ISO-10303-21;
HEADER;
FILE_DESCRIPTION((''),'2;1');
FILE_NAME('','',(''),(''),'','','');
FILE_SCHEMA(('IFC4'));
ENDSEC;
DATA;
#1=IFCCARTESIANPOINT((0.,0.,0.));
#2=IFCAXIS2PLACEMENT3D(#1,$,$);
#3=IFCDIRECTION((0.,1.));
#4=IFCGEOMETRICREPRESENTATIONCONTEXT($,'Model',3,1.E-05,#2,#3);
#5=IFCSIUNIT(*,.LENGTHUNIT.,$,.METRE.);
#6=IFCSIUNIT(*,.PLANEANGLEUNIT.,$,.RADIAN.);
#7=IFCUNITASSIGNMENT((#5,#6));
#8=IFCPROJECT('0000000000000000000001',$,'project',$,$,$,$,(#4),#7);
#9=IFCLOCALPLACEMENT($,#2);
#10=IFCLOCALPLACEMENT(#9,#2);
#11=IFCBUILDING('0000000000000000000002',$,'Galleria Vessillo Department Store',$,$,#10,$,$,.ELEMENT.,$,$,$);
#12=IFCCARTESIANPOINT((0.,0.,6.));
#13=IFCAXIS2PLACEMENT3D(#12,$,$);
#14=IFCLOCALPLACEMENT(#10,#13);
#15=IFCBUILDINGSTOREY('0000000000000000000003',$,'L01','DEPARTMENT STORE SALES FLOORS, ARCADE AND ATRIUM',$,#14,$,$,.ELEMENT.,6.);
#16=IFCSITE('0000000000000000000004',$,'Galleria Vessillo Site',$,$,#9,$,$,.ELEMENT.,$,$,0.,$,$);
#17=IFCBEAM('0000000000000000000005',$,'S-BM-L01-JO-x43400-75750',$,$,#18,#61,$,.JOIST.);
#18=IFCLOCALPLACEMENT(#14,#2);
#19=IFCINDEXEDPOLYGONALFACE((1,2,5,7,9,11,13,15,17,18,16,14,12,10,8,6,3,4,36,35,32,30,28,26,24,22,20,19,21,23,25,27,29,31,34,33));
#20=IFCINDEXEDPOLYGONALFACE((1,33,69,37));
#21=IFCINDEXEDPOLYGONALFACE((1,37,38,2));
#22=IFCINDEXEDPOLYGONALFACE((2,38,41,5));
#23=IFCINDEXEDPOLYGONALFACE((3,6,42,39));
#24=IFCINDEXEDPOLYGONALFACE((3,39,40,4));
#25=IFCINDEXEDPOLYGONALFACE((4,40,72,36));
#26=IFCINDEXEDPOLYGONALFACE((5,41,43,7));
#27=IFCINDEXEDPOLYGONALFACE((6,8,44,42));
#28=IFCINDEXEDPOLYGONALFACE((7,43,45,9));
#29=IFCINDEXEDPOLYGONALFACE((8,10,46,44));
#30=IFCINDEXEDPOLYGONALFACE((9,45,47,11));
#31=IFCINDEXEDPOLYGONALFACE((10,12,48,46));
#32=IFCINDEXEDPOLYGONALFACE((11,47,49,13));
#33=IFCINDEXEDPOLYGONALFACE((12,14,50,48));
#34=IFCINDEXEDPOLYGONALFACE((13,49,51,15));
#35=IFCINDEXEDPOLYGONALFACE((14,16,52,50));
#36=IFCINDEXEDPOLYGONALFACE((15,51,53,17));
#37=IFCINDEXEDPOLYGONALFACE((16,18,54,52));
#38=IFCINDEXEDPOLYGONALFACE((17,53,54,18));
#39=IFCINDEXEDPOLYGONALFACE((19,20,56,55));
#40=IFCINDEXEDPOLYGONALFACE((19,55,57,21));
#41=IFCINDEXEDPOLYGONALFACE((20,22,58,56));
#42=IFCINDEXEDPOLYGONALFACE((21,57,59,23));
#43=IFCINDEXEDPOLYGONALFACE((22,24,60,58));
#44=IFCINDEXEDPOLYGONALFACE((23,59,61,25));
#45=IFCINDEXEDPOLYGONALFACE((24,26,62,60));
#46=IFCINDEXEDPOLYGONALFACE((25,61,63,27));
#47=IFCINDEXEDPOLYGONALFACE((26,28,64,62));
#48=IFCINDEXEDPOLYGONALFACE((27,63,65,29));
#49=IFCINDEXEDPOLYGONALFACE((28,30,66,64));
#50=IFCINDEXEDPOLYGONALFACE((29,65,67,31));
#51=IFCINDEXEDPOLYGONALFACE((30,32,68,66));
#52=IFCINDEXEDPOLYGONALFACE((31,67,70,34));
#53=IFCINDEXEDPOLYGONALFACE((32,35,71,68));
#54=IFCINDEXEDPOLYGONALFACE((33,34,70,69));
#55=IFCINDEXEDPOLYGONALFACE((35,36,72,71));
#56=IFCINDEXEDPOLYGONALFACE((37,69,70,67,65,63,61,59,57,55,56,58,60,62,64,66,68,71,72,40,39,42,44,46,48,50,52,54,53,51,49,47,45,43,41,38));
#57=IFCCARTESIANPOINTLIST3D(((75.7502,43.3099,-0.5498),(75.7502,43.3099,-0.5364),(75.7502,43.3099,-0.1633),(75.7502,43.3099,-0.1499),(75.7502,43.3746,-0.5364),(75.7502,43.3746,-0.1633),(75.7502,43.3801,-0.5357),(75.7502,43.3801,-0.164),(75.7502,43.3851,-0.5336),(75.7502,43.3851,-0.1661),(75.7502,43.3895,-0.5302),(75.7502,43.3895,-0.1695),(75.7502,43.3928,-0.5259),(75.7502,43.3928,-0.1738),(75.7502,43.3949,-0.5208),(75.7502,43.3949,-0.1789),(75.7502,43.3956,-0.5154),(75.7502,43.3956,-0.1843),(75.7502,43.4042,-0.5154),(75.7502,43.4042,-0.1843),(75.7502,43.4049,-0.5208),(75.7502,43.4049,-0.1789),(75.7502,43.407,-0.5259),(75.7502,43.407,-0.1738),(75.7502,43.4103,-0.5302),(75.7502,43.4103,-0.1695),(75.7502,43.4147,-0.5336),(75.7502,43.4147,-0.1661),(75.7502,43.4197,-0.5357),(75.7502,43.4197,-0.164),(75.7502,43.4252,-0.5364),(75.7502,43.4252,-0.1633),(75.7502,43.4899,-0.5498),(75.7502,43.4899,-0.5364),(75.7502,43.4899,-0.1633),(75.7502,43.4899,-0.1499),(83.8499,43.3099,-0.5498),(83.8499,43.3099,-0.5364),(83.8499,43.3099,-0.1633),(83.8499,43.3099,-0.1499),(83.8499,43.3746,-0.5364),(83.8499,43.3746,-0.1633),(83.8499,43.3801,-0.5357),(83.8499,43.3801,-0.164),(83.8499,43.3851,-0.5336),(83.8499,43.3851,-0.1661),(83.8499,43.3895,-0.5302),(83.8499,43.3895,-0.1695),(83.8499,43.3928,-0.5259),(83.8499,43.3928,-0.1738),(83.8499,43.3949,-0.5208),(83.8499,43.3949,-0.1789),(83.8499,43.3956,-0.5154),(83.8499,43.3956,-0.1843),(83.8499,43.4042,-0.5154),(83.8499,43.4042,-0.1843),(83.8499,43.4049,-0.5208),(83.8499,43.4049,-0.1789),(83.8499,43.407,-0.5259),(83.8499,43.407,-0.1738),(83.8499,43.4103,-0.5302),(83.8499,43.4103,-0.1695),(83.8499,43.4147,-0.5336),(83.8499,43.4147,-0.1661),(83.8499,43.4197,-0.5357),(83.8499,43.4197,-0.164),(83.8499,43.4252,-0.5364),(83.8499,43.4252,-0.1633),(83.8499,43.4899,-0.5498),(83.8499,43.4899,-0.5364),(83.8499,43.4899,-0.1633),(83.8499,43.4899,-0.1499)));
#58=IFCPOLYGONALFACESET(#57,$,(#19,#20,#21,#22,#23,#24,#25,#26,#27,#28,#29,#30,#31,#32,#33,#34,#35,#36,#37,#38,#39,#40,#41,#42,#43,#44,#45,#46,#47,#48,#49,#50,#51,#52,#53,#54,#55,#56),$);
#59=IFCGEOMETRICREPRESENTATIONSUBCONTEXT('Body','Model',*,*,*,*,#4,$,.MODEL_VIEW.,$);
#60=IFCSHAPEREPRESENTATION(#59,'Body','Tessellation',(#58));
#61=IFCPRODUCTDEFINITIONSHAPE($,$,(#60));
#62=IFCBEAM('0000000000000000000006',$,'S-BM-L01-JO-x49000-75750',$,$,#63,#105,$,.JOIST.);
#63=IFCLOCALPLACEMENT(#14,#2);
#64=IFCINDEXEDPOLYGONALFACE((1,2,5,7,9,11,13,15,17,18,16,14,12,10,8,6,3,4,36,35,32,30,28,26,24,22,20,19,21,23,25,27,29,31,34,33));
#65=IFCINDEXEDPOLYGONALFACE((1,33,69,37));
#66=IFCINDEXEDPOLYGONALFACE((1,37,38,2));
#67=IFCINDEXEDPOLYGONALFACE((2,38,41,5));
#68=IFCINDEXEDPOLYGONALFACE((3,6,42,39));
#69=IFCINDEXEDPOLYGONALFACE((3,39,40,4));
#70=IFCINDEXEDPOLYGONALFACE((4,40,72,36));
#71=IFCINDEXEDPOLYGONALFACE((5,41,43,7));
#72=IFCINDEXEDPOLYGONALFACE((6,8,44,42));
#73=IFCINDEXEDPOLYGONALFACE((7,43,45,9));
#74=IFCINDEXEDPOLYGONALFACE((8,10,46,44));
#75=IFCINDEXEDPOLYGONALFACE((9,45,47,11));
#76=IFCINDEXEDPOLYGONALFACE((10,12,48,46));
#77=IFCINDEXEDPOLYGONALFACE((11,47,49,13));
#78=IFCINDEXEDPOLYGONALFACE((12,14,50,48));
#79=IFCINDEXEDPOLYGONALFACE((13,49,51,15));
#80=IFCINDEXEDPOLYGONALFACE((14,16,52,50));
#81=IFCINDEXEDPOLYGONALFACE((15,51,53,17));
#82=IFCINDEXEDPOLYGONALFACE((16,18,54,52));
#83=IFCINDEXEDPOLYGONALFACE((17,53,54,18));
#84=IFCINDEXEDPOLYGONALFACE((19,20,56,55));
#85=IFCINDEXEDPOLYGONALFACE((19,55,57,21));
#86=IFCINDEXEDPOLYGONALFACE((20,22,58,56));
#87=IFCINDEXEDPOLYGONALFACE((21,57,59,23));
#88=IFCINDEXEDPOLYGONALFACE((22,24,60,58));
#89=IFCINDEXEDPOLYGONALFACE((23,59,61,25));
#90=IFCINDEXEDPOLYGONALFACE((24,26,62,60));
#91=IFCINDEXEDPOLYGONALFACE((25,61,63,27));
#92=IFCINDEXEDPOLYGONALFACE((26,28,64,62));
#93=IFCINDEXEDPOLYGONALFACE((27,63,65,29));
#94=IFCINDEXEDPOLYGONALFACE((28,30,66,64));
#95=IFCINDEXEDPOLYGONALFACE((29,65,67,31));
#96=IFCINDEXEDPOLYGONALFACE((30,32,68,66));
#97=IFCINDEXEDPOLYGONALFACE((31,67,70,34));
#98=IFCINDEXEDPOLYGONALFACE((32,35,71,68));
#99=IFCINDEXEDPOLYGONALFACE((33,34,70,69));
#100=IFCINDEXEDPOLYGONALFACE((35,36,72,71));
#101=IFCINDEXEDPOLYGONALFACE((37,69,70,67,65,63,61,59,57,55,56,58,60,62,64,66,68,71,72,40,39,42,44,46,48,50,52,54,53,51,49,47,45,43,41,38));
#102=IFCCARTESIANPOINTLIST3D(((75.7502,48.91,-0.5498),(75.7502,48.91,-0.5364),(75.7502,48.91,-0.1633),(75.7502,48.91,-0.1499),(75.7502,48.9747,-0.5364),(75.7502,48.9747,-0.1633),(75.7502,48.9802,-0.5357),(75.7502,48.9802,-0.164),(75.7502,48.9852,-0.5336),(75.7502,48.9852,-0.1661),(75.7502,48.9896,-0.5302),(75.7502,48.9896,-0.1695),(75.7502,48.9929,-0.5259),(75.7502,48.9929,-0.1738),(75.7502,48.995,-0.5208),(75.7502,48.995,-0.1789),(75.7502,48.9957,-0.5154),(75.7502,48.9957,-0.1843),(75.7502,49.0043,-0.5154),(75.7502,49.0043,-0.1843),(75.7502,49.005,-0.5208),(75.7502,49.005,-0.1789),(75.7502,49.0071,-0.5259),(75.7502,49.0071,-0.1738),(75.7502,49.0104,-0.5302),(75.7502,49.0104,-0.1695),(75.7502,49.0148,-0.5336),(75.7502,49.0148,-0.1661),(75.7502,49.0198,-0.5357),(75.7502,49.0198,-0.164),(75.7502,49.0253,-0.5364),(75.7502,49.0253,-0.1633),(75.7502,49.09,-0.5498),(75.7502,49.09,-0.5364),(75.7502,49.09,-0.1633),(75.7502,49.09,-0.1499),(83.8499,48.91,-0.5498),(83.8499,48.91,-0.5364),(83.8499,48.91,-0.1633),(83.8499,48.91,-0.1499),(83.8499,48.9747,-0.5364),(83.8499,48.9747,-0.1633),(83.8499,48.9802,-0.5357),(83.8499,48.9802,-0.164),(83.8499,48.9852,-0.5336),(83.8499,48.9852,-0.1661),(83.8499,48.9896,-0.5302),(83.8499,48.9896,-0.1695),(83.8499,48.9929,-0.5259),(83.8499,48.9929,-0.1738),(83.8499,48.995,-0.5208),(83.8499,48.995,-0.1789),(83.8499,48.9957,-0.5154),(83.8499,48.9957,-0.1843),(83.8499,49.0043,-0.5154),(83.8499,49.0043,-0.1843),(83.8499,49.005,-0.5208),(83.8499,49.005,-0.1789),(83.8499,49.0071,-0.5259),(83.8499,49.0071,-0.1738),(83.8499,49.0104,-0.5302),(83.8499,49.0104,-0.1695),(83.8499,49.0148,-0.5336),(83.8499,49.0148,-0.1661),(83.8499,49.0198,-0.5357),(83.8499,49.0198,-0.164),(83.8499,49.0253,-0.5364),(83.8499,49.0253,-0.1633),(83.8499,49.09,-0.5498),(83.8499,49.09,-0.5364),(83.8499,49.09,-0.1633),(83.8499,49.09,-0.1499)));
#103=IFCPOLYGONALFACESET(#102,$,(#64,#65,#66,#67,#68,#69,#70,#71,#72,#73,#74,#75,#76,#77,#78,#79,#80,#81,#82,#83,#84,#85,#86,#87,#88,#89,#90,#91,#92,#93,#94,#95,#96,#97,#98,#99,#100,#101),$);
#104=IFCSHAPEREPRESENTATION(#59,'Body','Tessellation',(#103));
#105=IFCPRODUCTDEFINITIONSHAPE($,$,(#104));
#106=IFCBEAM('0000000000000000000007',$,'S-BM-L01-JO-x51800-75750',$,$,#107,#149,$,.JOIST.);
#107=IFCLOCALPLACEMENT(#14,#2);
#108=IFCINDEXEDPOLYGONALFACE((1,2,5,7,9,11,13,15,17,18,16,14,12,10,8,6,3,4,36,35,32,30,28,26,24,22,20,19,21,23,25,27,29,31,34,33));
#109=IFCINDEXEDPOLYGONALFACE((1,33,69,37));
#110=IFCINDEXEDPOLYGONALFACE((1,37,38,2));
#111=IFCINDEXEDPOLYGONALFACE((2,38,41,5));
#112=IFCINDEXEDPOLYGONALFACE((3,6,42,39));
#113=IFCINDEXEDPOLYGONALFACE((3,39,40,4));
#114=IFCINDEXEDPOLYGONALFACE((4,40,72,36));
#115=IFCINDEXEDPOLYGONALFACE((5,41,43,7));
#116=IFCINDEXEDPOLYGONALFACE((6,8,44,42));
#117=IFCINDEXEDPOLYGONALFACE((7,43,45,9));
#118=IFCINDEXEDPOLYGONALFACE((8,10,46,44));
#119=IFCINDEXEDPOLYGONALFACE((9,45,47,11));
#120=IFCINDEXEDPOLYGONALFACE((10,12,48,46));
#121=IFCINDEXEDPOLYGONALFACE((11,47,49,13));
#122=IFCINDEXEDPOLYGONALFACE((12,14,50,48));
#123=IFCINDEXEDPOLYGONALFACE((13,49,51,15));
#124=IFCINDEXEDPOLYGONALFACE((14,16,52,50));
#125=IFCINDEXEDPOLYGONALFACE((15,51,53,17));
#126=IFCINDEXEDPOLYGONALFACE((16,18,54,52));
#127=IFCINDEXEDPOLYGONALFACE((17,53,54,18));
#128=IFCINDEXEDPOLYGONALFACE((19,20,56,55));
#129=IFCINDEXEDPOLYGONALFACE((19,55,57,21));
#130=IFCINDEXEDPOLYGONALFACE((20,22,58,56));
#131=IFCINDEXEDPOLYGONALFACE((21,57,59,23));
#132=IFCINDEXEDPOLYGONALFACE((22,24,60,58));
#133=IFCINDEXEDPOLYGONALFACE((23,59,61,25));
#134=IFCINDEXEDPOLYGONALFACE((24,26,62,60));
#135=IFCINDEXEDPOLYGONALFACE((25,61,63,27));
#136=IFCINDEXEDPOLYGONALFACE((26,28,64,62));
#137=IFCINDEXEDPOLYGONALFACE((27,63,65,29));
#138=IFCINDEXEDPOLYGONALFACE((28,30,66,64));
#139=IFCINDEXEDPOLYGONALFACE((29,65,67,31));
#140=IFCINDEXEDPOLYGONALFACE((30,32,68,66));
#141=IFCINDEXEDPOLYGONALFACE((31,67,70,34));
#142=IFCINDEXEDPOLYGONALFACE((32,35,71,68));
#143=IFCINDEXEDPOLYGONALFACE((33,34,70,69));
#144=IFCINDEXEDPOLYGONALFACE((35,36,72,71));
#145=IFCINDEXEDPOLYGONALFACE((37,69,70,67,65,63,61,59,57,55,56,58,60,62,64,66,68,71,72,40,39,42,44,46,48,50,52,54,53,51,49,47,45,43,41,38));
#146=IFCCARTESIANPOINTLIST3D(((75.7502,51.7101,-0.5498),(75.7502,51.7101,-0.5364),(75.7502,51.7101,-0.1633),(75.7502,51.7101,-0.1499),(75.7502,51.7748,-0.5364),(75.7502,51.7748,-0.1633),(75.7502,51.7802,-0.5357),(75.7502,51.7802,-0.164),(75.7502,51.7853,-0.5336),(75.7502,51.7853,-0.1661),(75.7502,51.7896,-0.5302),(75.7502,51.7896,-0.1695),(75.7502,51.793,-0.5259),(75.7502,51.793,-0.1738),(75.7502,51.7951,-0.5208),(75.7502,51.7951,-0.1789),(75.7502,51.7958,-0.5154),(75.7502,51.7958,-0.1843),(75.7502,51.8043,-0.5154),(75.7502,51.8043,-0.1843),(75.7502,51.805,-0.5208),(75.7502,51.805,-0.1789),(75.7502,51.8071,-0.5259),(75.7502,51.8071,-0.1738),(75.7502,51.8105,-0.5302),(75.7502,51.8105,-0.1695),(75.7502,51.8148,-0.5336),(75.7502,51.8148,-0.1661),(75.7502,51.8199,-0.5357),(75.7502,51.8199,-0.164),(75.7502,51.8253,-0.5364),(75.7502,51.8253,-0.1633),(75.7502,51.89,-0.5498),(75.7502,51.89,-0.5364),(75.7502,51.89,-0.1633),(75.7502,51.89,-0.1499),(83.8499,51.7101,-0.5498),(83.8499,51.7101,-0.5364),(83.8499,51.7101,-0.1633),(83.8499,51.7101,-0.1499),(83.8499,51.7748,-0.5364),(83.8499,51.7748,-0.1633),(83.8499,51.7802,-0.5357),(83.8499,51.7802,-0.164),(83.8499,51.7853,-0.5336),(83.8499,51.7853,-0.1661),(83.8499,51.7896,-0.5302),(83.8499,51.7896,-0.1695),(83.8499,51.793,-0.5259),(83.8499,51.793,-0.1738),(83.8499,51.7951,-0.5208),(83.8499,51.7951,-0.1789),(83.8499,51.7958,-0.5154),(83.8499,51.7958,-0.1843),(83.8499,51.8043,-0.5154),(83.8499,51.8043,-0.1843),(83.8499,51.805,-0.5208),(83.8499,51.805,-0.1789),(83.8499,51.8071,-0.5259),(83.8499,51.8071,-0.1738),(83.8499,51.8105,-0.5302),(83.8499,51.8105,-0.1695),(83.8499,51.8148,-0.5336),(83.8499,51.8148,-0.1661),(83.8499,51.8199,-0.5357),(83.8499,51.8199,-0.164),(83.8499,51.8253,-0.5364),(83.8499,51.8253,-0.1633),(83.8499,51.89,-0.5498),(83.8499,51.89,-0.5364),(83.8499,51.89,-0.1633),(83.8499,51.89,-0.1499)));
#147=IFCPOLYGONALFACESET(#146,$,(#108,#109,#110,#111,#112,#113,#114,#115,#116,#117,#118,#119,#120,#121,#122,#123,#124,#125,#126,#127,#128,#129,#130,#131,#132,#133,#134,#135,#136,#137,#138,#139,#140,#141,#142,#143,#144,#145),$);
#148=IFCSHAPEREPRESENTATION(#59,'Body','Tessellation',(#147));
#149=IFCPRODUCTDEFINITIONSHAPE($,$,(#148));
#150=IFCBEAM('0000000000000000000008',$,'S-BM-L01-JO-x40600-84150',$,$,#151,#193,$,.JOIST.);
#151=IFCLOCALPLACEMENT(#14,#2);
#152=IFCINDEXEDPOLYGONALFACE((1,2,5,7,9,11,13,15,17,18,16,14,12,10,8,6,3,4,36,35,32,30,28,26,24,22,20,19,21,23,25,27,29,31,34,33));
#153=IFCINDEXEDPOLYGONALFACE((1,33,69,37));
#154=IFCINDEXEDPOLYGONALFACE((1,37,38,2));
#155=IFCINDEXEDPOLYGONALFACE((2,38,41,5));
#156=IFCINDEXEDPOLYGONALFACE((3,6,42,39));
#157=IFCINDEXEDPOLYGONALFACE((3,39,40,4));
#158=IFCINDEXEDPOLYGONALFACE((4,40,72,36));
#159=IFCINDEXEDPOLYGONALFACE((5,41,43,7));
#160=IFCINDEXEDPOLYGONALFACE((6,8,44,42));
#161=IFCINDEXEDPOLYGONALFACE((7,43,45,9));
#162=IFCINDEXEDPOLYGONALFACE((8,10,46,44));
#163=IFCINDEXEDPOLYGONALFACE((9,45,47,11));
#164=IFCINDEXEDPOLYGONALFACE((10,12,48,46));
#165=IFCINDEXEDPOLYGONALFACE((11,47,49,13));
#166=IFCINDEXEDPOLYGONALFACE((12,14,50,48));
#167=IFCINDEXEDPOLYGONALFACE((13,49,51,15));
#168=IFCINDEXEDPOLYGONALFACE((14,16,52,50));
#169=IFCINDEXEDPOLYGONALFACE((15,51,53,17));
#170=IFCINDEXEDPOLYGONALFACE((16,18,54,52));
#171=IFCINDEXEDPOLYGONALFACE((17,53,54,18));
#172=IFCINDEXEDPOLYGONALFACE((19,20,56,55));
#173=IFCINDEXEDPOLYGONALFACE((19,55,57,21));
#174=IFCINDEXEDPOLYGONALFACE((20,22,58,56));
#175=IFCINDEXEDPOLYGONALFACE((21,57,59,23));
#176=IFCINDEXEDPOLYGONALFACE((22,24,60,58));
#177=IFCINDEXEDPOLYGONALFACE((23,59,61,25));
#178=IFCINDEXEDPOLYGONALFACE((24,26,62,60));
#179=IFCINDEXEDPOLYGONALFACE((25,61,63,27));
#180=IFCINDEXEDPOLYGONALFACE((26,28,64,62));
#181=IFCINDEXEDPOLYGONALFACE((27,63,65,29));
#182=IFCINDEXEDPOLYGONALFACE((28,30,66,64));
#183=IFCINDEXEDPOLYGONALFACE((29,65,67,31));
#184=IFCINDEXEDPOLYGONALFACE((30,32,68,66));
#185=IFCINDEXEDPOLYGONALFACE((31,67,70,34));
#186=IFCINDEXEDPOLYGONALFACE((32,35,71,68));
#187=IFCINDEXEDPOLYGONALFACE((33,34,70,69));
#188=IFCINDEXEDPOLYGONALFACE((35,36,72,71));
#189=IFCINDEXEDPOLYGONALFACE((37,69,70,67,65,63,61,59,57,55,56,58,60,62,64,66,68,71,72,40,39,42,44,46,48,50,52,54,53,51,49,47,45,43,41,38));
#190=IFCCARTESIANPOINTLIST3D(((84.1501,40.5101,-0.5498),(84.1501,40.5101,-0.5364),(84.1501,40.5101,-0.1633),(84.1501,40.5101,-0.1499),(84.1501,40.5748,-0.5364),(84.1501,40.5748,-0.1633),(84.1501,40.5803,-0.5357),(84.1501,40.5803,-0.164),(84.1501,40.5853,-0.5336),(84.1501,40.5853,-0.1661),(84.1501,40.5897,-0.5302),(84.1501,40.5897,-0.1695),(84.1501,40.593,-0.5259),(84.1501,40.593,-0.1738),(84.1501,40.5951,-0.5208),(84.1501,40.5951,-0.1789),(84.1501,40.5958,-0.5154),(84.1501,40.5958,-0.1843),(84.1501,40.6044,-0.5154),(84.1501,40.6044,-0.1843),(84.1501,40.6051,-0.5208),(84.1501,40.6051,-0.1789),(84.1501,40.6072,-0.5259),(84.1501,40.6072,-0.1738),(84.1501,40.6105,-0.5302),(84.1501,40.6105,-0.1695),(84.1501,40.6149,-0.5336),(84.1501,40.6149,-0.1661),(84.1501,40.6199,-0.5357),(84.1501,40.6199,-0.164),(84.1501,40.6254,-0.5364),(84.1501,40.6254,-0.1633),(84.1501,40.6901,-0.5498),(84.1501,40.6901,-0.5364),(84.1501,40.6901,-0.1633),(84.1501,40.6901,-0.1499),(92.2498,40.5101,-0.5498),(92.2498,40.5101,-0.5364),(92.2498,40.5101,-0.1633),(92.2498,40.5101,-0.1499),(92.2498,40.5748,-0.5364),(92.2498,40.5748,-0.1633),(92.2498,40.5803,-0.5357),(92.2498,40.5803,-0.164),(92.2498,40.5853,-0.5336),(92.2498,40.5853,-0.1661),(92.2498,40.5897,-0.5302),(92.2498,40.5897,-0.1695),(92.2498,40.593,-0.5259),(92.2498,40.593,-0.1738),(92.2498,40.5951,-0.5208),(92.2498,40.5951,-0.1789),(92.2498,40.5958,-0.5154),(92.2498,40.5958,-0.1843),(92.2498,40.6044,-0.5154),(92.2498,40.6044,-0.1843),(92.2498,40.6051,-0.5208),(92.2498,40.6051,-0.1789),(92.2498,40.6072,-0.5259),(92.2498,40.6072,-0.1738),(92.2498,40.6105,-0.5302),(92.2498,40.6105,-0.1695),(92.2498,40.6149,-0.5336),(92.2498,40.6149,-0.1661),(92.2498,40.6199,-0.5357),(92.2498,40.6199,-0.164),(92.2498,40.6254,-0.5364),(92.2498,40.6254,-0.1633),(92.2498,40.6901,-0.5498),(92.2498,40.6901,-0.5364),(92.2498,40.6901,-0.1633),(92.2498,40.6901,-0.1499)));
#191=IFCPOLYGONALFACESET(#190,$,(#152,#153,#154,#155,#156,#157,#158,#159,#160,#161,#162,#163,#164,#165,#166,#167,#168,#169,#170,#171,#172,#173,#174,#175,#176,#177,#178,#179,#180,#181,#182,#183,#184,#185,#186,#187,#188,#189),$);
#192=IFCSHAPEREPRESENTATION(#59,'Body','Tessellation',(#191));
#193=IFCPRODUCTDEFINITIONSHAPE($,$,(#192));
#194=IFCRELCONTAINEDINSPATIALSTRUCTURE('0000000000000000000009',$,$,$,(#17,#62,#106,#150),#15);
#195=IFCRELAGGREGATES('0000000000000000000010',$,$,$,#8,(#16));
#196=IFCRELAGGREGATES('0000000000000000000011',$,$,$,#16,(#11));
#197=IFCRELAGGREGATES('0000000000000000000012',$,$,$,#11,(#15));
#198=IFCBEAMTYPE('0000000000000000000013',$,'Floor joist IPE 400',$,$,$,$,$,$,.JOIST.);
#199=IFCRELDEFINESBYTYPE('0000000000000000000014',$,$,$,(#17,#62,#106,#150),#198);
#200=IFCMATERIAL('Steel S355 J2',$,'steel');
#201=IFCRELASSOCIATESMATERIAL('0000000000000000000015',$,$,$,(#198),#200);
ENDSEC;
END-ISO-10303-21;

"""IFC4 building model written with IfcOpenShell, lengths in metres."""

from ifc_helpers import new_model, si_unit, direction, frame, origin, origin_2d, place, context, subcontext, project, spatial, i_section, extrude, material, material_profile, profile_set, type_object, element, save


model = new_model("IFC4")

# Units and contexts
model_context = context("Model", 3, precision=1e-05, world=origin(), true_north=direction((0.0, 1.0)))
body_context = subcontext(model_context, "Body", "Model", "MODEL_VIEW")
ifc_project = project(units=[si_unit("LENGTHUNIT", "METRE"), si_unit("PLANEANGLEUNIT", "RADIAN")], contexts=[model_context])

# Site, building, storey
site_placement = place(None, origin())
site = spatial("IfcSite", under=ifc_project, at=site_placement, Name="Galleria Vessillo Site", CompositionType="ELEMENT", RefElevation=0.0)
building_placement = place(site_placement, origin())
building = spatial("IfcBuilding", under=site, at=building_placement, Name="Galleria Vessillo Department Store", CompositionType="ELEMENT")
storey_placement = place(building_placement, frame((0.0, 0.0, 6.0)))
storey = spatial("IfcBuildingStorey", under=building, at=storey_placement, Name="L01", Description="DEPARTMENT STORE SALES FLOORS, ARCADE AND ATRIUM", CompositionType="ELEMENT", Elevation=6.0)

# Beams
ifc_material_1 = material(Name="Steel S355 J2", Category="steel")
ifc_material_profile_1 = material_profile(ifc_material_1, i_section(OverallWidth=0.1799, OverallDepth=0.3999, WebThickness=0.0085, FlangeThickness=0.0134, FilletRadius=0.021, at=origin_2d()), Name="IPE 400")
ifc_profile_set_1 = profile_set([ifc_material_profile_1], Name="Steel S355 J2")
beam_type_1 = type_object("IfcBeamType", Name="Floor joist IPE 400", PredefinedType="JOIST", material=ifc_profile_set_1)
for number, where, z_axis, x_axis, name in (
    (1, (75.7502, 43.3999, -0.3499), (1.0, 0.0, 0.0), (0.0, 1.0, 0.0), "S-BM-L01-JO-x43400-75750"),
    (2, (75.7502, 49.0, -0.3499), (1.0, 0.0, 0.0), (0.0, 1.0, 0.0), "S-BM-L01-JO-x49000-75750"),
    (3, (75.7502, 51.8, -0.3499), (1.0, 0.0, 0.0), (0.0, 1.0, 0.0), "S-BM-L01-JO-x51800-75750"),
    (4, (84.1501, 40.6001, -0.3499), (1.0, 0.0, 0.0), (0.0, 1.0, 0.0), "S-BM-L01-JO-x40600-84150"),
):
    element("IfcBeam", number, at=place(storey_placement, frame(where, z_axis=z_axis, x_axis=x_axis)), inside=storey, type_object=beam_type_1, Name=name, PredefinedType="JOIST", context=body_context, shape_type="SweptSolid", body=[
        extrude(i_section(OverallWidth=0.1799, OverallDepth=0.3999, WebThickness=0.0085, FlangeThickness=0.0134, FilletRadius=0.021, at=origin_2d()), origin(), (0.0, 0.0, 1.0), 8.0996),
    ])

save(model, "model.ifc")
